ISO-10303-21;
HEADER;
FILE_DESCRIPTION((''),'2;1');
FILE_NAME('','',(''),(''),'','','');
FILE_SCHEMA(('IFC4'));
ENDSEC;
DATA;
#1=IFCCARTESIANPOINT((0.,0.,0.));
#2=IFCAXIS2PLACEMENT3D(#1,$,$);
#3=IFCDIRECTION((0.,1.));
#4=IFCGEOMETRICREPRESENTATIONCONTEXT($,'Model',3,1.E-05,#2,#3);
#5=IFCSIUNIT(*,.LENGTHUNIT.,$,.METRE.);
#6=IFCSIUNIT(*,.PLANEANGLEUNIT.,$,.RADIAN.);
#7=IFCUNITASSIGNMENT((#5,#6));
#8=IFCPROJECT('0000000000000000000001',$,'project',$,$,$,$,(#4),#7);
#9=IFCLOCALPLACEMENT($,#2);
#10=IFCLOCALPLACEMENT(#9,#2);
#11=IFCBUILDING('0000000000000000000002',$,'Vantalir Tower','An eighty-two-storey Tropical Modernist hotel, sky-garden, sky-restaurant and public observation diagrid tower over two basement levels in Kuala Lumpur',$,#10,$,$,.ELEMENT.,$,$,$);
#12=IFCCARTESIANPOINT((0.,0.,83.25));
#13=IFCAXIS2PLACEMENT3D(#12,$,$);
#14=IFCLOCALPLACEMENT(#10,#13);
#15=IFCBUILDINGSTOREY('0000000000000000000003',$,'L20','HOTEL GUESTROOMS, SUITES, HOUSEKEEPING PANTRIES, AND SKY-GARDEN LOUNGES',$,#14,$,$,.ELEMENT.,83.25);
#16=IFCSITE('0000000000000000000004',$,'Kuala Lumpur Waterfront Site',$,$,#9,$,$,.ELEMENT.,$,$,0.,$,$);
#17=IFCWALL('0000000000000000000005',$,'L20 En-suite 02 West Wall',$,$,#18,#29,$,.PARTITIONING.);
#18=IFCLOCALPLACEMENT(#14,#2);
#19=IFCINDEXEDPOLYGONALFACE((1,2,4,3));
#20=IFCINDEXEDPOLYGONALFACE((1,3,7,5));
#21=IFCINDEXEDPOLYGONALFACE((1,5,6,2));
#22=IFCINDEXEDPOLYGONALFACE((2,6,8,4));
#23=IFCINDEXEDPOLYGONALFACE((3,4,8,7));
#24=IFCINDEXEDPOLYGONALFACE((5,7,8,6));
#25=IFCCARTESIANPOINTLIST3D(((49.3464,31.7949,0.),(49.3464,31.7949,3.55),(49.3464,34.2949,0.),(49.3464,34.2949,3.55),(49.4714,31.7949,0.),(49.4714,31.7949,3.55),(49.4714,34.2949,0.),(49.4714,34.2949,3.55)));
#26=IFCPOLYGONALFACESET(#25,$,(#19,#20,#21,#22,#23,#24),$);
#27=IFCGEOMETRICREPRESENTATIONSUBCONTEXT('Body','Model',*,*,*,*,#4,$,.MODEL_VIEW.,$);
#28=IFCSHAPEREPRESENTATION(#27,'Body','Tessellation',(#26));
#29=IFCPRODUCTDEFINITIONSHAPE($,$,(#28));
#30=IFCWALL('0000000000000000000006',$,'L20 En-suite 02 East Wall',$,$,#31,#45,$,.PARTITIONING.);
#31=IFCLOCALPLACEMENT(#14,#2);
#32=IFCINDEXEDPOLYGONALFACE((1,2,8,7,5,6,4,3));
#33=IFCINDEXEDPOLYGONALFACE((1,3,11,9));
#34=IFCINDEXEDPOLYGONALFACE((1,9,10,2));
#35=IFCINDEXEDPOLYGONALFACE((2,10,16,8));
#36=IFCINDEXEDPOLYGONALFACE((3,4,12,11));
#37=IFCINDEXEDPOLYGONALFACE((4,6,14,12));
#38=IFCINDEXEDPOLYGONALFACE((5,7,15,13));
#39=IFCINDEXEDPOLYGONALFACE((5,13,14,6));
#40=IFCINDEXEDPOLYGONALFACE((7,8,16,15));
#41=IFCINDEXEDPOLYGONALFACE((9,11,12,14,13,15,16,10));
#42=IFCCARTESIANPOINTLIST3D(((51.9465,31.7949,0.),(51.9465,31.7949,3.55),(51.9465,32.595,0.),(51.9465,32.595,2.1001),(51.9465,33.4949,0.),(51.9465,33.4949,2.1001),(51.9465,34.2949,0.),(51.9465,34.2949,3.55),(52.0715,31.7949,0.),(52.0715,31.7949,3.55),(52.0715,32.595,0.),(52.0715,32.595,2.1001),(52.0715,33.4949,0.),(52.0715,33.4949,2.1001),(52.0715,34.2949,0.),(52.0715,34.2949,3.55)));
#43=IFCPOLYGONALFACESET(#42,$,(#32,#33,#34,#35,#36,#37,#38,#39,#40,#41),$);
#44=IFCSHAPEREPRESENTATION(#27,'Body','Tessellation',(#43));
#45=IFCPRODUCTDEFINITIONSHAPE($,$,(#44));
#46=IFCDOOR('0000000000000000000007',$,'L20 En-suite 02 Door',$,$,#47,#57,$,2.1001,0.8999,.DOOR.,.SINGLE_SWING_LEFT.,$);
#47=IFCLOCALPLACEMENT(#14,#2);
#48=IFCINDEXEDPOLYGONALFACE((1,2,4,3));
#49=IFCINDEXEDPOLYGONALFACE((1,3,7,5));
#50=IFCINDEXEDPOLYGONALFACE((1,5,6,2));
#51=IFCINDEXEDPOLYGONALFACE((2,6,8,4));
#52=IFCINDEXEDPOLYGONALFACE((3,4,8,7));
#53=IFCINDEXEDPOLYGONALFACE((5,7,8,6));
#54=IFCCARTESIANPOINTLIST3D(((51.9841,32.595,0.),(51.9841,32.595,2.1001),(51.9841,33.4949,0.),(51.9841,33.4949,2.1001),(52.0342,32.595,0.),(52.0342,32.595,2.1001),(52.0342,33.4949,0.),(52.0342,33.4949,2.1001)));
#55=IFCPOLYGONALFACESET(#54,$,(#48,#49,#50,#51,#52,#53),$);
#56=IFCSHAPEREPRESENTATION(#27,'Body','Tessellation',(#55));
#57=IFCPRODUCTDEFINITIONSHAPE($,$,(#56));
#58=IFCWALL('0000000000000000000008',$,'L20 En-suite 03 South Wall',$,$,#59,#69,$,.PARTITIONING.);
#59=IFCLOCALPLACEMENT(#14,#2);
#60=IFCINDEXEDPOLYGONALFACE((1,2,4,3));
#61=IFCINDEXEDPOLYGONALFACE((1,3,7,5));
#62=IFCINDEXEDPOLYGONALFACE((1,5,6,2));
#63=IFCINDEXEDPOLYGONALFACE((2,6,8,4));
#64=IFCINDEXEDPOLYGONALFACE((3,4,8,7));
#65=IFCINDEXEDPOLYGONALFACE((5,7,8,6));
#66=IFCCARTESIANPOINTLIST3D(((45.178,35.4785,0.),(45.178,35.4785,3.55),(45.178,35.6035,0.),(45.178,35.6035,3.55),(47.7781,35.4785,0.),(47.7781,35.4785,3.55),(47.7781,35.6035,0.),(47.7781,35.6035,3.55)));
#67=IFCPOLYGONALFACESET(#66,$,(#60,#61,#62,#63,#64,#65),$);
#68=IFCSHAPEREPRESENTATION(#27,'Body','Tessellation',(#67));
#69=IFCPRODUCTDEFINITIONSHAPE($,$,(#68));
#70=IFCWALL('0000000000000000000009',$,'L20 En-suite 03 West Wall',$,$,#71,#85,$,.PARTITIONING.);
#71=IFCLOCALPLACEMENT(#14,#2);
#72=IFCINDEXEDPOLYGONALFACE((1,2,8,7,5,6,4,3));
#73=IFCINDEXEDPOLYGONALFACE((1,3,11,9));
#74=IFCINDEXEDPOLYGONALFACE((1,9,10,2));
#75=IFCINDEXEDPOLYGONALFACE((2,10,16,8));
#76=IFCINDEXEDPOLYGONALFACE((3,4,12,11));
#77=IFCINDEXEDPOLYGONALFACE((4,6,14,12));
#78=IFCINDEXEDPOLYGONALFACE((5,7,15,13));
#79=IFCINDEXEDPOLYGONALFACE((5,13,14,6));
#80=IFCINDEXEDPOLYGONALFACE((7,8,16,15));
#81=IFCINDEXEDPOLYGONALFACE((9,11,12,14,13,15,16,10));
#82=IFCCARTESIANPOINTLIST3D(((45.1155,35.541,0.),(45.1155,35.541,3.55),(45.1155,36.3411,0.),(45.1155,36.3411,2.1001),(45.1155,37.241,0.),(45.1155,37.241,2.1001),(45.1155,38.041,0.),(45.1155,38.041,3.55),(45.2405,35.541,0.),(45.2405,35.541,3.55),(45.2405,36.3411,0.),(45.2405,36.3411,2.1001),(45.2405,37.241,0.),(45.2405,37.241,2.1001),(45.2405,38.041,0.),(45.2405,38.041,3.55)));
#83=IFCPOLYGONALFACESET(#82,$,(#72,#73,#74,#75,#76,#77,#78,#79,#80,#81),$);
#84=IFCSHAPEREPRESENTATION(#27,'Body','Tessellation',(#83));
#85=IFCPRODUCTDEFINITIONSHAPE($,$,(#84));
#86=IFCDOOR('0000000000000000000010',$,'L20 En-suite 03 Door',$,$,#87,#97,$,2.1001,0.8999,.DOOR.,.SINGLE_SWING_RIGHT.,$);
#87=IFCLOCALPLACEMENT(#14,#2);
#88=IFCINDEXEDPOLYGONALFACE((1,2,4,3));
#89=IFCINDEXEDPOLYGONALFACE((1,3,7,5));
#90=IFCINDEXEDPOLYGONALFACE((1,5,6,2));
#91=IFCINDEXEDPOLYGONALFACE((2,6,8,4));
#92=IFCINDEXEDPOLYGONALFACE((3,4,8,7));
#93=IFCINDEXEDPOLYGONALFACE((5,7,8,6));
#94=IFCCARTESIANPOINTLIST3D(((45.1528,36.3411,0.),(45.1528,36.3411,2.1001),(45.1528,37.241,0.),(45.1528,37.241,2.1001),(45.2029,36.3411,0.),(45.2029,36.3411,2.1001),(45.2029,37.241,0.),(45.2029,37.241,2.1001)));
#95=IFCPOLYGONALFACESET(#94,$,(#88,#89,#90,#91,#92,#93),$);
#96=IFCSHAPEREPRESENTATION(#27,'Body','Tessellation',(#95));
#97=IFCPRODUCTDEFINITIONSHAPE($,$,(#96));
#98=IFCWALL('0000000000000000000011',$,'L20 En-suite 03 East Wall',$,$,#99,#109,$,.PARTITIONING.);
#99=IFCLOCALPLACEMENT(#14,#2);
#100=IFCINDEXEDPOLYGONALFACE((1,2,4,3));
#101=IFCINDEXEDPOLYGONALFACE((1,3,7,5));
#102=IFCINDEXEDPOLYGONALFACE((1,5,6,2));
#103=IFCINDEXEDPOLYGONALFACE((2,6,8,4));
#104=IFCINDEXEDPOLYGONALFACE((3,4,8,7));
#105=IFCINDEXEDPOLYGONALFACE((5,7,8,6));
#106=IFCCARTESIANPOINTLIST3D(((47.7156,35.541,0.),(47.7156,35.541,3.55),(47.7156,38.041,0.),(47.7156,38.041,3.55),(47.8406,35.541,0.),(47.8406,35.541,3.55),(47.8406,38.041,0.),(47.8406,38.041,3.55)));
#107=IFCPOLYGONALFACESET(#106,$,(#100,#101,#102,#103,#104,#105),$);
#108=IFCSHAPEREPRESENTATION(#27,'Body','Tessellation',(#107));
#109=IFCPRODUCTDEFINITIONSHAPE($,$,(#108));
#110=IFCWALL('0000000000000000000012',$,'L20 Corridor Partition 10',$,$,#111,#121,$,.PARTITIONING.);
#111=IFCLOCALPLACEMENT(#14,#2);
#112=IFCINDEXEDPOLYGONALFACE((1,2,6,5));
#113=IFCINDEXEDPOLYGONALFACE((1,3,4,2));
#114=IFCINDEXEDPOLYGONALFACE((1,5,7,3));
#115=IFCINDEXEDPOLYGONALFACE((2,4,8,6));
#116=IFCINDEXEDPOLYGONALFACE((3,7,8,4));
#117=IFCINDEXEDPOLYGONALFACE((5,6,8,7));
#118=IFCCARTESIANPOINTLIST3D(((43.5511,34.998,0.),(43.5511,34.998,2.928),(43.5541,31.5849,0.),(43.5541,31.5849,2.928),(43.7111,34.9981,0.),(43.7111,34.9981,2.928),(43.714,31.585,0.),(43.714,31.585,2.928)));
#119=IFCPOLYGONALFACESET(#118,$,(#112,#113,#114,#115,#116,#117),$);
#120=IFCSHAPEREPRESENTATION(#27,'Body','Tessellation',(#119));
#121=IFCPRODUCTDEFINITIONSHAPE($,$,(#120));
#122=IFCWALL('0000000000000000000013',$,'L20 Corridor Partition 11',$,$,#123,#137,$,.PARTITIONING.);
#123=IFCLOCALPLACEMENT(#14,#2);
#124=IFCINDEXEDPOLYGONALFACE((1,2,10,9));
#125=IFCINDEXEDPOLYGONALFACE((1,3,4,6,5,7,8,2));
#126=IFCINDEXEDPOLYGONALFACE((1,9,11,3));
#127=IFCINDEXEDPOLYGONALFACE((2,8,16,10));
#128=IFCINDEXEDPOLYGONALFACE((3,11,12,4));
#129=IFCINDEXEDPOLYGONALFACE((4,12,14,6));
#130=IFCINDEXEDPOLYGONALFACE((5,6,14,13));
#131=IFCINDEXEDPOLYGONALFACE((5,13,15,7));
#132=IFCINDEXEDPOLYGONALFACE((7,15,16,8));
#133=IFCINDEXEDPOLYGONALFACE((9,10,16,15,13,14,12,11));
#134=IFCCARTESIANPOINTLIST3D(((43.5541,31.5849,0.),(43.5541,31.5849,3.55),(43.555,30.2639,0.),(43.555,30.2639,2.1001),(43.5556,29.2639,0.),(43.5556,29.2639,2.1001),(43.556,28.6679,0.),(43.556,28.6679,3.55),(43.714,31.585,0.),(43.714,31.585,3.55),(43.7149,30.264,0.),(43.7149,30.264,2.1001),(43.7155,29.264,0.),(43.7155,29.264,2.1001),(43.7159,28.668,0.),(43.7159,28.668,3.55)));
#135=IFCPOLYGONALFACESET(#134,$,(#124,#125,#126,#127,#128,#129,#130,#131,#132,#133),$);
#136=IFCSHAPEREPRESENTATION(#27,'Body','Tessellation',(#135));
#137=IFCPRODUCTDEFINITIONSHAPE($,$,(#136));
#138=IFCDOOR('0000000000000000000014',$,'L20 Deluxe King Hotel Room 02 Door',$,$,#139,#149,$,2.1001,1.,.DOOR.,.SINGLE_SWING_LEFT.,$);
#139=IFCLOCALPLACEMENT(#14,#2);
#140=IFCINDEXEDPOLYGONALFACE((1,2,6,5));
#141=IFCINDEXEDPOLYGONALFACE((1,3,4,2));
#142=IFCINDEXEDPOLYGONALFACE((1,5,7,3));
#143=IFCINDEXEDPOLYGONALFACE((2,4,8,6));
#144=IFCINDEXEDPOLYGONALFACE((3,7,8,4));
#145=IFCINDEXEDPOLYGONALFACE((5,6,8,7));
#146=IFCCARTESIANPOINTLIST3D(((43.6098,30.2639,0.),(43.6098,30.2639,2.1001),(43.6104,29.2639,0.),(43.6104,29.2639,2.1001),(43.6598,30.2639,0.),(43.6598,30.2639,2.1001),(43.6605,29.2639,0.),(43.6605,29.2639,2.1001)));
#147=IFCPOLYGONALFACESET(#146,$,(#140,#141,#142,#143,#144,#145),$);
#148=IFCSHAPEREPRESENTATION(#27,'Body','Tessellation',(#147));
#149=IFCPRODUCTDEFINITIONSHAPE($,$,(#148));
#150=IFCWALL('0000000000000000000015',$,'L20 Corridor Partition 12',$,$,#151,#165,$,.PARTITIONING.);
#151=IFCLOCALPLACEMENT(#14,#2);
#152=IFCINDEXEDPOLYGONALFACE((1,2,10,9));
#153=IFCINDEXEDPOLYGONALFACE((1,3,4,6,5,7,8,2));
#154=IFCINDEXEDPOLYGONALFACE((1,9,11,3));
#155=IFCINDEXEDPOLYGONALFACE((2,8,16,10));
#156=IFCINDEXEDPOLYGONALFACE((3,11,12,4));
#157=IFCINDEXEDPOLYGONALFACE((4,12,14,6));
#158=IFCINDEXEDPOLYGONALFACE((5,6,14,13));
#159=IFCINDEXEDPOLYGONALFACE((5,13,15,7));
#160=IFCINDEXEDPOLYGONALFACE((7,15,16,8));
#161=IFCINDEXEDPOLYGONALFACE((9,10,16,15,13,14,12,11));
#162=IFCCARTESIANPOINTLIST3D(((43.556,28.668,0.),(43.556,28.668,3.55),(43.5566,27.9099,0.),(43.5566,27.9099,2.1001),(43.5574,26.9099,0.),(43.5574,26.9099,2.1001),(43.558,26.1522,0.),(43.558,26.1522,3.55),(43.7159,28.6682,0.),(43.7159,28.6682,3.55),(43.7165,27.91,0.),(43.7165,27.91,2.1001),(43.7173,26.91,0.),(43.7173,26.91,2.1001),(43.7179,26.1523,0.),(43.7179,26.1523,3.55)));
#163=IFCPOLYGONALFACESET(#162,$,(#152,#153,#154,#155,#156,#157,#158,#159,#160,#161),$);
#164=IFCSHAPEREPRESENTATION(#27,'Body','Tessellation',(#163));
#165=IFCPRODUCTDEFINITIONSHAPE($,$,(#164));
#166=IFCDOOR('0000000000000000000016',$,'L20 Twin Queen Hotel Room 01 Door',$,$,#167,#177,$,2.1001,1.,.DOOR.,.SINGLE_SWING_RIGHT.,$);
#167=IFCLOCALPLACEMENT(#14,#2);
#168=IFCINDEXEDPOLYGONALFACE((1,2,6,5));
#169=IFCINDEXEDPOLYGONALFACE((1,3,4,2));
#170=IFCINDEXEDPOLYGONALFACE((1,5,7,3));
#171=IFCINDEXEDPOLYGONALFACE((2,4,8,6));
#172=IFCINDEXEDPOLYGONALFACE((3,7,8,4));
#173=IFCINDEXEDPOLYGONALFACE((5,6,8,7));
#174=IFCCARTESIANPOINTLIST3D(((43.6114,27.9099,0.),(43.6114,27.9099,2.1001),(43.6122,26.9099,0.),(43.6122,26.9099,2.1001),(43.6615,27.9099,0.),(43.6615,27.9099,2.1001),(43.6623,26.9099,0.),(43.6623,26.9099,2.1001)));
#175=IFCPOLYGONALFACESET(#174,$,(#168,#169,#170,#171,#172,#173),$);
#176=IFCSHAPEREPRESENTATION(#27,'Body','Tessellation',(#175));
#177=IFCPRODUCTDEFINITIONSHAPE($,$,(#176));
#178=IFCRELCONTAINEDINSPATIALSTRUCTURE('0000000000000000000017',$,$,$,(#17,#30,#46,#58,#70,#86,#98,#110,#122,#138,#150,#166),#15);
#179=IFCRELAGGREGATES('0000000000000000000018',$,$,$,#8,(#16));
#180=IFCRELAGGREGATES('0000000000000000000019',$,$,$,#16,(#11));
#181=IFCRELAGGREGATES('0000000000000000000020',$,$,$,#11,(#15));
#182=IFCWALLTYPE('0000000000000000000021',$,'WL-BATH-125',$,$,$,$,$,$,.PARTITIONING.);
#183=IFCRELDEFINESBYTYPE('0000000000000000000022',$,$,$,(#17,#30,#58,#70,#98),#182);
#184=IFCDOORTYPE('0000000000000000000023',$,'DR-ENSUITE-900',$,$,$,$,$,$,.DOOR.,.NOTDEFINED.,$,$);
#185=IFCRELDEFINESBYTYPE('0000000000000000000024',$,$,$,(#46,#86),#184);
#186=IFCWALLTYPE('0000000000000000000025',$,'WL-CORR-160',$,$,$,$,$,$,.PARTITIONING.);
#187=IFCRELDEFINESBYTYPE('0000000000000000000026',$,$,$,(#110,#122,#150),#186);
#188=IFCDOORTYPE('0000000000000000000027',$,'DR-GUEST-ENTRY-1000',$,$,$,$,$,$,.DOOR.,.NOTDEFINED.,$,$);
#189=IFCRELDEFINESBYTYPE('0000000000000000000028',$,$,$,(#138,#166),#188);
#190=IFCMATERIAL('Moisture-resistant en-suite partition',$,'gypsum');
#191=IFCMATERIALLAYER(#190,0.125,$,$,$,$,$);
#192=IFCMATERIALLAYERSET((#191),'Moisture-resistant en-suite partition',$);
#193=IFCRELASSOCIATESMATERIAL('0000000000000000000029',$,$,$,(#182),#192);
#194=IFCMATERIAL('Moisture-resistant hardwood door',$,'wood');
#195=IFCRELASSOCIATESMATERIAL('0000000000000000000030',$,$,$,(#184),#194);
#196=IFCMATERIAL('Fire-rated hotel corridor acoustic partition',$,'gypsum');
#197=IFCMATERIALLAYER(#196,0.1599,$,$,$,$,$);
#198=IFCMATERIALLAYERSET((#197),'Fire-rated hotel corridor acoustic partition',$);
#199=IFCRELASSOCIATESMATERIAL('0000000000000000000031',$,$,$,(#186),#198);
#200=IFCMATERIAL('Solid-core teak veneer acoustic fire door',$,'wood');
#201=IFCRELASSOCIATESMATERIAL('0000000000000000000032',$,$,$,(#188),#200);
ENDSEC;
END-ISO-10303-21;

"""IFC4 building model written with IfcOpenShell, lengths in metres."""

from ifc_helpers import new_model, si_unit, direction, frame, frame_2d, origin, place, context, subcontext, project, spatial, rectangle, extrude, material, layer, layer_set, type_object, element, fill, save


model = new_model("IFC4")

# Units and contexts
model_context = context("Model", 3, precision=1e-05, world=origin(), true_north=direction((0.0, 1.0)))
body_context = subcontext(model_context, "Body", "Model", "MODEL_VIEW")
ifc_project = project(units=[si_unit("LENGTHUNIT", "METRE"), si_unit("PLANEANGLEUNIT", "RADIAN")], contexts=[model_context])

# Site, building, storey
site_placement = place(None, origin())
site = spatial("IfcSite", under=ifc_project, at=site_placement, Name="Kuala Lumpur Waterfront Site", CompositionType="ELEMENT", RefElevation=0.0)
building_placement = place(site_placement, origin())
building = spatial("IfcBuilding", under=site, at=building_placement, Name="Vantalir Tower", Description="An eighty-two-storey Tropical Modernist hotel, sky-garden, sky-restaurant and public observation diagrid tower over two basement levels in Kuala Lumpur", CompositionType="ELEMENT")
storey_placement = place(building_placement, frame((0.0, 0.0, 83.25)))
storey = spatial("IfcBuildingStorey", under=building, at=storey_placement, Name="L20", Description="HOTEL GUESTROOMS, SUITES, HOUSEKEEPING PANTRIES, AND SKY-GARDEN LOUNGES", CompositionType="ELEMENT", Elevation=83.25)

# Shared definitions
ifc_material_1 = material(Name="Moisture-resistant en-suite partition", Category="gypsum")
ifc_layer_1 = layer(ifc_material_1, 0.125)
ifc_layer_set_1 = layer_set([ifc_layer_1], Name="Moisture-resistant en-suite partition")
wall_type_1 = type_object("IfcWallType", Name="WL-BATH-125", PredefinedType="PARTITIONING", material=ifc_layer_set_1)

# Shared definitions
ifc_material_2 = material(Name="Moisture-resistant hardwood door", Category="wood")
door_type_1 = type_object("IfcDoorType", Name="DR-ENSUITE-900", OperationType="NOTDEFINED", PredefinedType="DOOR", material=ifc_material_2)

# Wall
wall_1_placement = place(storey_placement, frame((49.4089, 31.7949, 0.0), z_axis=(0.0, 0.0, 1.0), x_axis=(0.0, 1.0, 0.0)))
element("IfcWall", 1, at=wall_1_placement, inside=storey, type_object=wall_type_1, Name="L20 En-suite 02 West Wall", PredefinedType="PARTITIONING", context=body_context, shape_type="SweptSolid", body=[
    extrude(rectangle(XDim=2.5, YDim=0.125, at=frame_2d((1.25, 0.0))), origin(), (0.0, 0.0, 1.0), 3.55),
])

# Wall, opening, door
wall_2_placement = place(storey_placement, frame((52.009, 31.7949, 0.0), z_axis=(0.0, 0.0, 1.0), x_axis=(0.0, 1.0, 0.0)))
wall_2 = element("IfcWall", 2, at=wall_2_placement, inside=storey, type_object=wall_type_1, Name="L20 En-suite 02 East Wall", PredefinedType="PARTITIONING", context=body_context, shape_type="SweptSolid", body=[
    extrude(rectangle(XDim=2.5, YDim=0.125, at=frame_2d((1.25, 0.0))), origin(), (0.0, 0.0, 1.0), 3.55),
])
opening_1_placement = place(wall_2_placement, frame((0.8, 0.0, 0.0)))
opening_1 = element("IfcOpeningElement", 3, at=opening_1_placement, cuts=wall_2, PredefinedType="OPENING", context=body_context, shape_type="SweptSolid", body=[
    extrude(rectangle(XDim=0.8999, YDim=2.1001, at=frame_2d((0.45, 1.05))), frame((0.0, 0.0725, 0.0), z_axis=(0.0, -1.0, 0.0), x_axis=(1.0, 0.0, 0.0)), (0.0, 0.0, 1.0), 0.145),
])
door_1_placement = place(opening_1_placement, origin())
door_1 = element("IfcDoor", 4, at=door_1_placement, inside=storey, type_object=door_type_1, Name="L20 En-suite 02 Door", OperationType="SINGLE_SWING_LEFT", OverallHeight=2.1001, OverallWidth=0.8999, PredefinedType="DOOR", context=body_context, shape_type="SweptSolid", body=[
    extrude(rectangle(XDim=0.8999, YDim=2.1001, at=frame_2d((0.45, 1.05))), frame((0.0, 0.0249, 0.0), z_axis=(0.0, -1.0, 0.0), x_axis=(1.0, 0.0, 0.0)), (0.0, 0.0, 1.0), 0.05),
])
fill(opening_1, door_1)

# Wall
wall_3_placement = place(storey_placement, frame((45.178, 35.541, 0.0), z_axis=(0.0, 0.0, 1.0), x_axis=(1.0, 0.0, 0.0)))
element("IfcWall", 5, at=wall_3_placement, inside=storey, type_object=wall_type_1, Name="L20 En-suite 03 South Wall", PredefinedType="PARTITIONING", context=body_context, shape_type="SweptSolid", body=[
    extrude(rectangle(XDim=2.6001, YDim=0.125, at=frame_2d((1.3, 0.0))), origin(), (0.0, 0.0, 1.0), 3.55),
])

# Wall, opening, door
wall_4_placement = place(storey_placement, frame((45.178, 35.541, 0.0), z_axis=(0.0, 0.0, 1.0), x_axis=(0.0, 1.0, 0.0)))
wall_4 = element("IfcWall", 6, at=wall_4_placement, inside=storey, type_object=wall_type_1, Name="L20 En-suite 03 West Wall", PredefinedType="PARTITIONING", context=body_context, shape_type="SweptSolid", body=[
    extrude(rectangle(XDim=2.5, YDim=0.125, at=frame_2d((1.25, 0.0))), origin(), (0.0, 0.0, 1.0), 3.55),
])
opening_2_placement = place(wall_4_placement, frame((0.8, 0.0, 0.0)))
opening_2 = element("IfcOpeningElement", 7, at=opening_2_placement, cuts=wall_4, PredefinedType="OPENING", context=body_context, shape_type="SweptSolid", body=[
    extrude(rectangle(XDim=0.8999, YDim=2.1001, at=frame_2d((0.45, 1.05))), frame((0.0, 0.0725, 0.0), z_axis=(0.0, -1.0, 0.0), x_axis=(1.0, 0.0, 0.0)), (0.0, 0.0, 1.0), 0.145),
])
door_2_placement = place(opening_2_placement, frame((0.8999, 0.0, 0.0), z_axis=(0.0, 0.0, 1.0), x_axis=(-1.0, 0.0, 0.0)))
door_2 = element("IfcDoor", 8, at=door_2_placement, inside=storey, type_object=door_type_1, Name="L20 En-suite 03 Door", OperationType="SINGLE_SWING_RIGHT", OverallHeight=2.1001, OverallWidth=0.8999, PredefinedType="DOOR", context=body_context, shape_type="SweptSolid", body=[
    extrude(rectangle(XDim=0.8999, YDim=2.1001, at=frame_2d((0.45, 1.05))), frame((0.0, 0.0249, 0.0), z_axis=(0.0, -1.0, 0.0), x_axis=(1.0, 0.0, 0.0)), (0.0, 0.0, 1.0), 0.05),
])
fill(opening_2, door_2)

# Walls
wall_5_placement = place(storey_placement, frame((47.7781, 35.541, 0.0), z_axis=(0.0, 0.0, 1.0), x_axis=(0.0, 1.0, 0.0)))
element("IfcWall", 9, at=wall_5_placement, inside=storey, type_object=wall_type_1, Name="L20 En-suite 03 East Wall", PredefinedType="PARTITIONING", context=body_context, shape_type="SweptSolid", body=[
    extrude(rectangle(XDim=2.5, YDim=0.125, at=frame_2d((1.25, 0.0))), origin(), (0.0, 0.0, 1.0), 3.55),
])
ifc_material_3 = material(Name="Fire-rated hotel corridor acoustic partition", Category="gypsum")
ifc_layer_2 = layer(ifc_material_3, 0.1599)
ifc_layer_set_2 = layer_set([ifc_layer_2], Name="Fire-rated hotel corridor acoustic partition")
wall_type_2 = type_object("IfcWallType", Name="WL-CORR-160", PredefinedType="PARTITIONING", material=ifc_layer_set_2)
wall_6_placement = place(storey_placement, frame((43.6311, 34.998, 0.0), z_axis=(0.0, 0.0, 1.0), x_axis=(0.000858, -1.0, 0.0)))
element("IfcWall", 10, at=wall_6_placement, inside=storey, type_object=wall_type_2, Name="L20 Corridor Partition 10", PredefinedType="PARTITIONING", context=body_context, shape_type="SweptSolid", body=[
    extrude(rectangle(XDim=3.4131, YDim=0.1599, at=frame_2d((1.7065, 0.0))), origin(), (0.0, 0.0, 1.0), 2.928),
])

# Walls, openings, doors
wall_7_placement = place(storey_placement, frame((43.634, 31.585, 0.0), z_axis=(0.0, 0.0, 1.0), x_axis=(0.00067, -1.0, 0.0)))
wall_7 = element("IfcWall", 11, at=wall_7_placement, inside=storey, type_object=wall_type_2, Name="L20 Corridor Partition 11", PredefinedType="PARTITIONING", context=body_context, shape_type="SweptSolid", body=[
    extrude(rectangle(XDim=2.917, YDim=0.1599, at=frame_2d((1.4585, 0.0))), origin(), (0.0, 0.0, 1.0), 3.55),
])
opening_3_placement = place(wall_7_placement, frame((1.321, 0.0, 0.0)))
opening_3 = element("IfcOpeningElement", 12, at=opening_3_placement, cuts=wall_7, PredefinedType="OPENING", context=body_context, shape_type="SweptSolid", body=[
    extrude(rectangle(XDim=1.0, YDim=2.1001, at=frame_2d((0.5, 1.05))), frame((0.0, 0.0898, 0.0), z_axis=(0.0, -1.0, 0.0), x_axis=(1.0, 0.0, 0.0)), (0.0, 0.0, 1.0), 0.1799),
])
ifc_material_4 = material(Name="Solid-core teak veneer acoustic fire door", Category="wood")
door_type_2 = type_object("IfcDoorType", Name="DR-GUEST-ENTRY-1000", OperationType="NOTDEFINED", PredefinedType="DOOR", material=ifc_material_4)
door_3_placement = place(opening_3_placement, origin())
door_3 = element("IfcDoor", 13, at=door_3_placement, inside=storey, type_object=door_type_2, Name="L20 Deluxe King Hotel Room 02 Door", OperationType="SINGLE_SWING_LEFT", OverallHeight=2.1001, OverallWidth=1.0, PredefinedType="DOOR", context=body_context, shape_type="SweptSolid", body=[
    extrude(rectangle(XDim=1.0, YDim=2.1001, at=frame_2d((0.5, 1.05))), frame((0.0, 0.0249, 0.0), z_axis=(0.0, -1.0, 0.0), x_axis=(1.0, 0.0, 0.0)), (0.0, 0.0, 1.0), 0.05),
])
fill(opening_3, door_3)
wall_8_placement = place(storey_placement, frame((43.636, 28.668, 0.0), z_axis=(0.0, 0.0, 1.0), x_axis=(0.000776, -1.0, 0.0)))
wall_8 = element("IfcWall", 14, at=wall_8_placement, inside=storey, type_object=wall_type_2, Name="L20 Corridor Partition 12", PredefinedType="PARTITIONING", context=body_context, shape_type="SweptSolid", body=[
    extrude(rectangle(XDim=2.5159, YDim=0.1599, at=frame_2d((1.2578, 0.0))), origin(), (0.0, 0.0, 1.0), 3.55),
])
opening_4_placement = place(wall_8_placement, frame((0.7581, 0.0, 0.0)))
opening_4 = element("IfcOpeningElement", 15, at=opening_4_placement, cuts=wall_8, PredefinedType="OPENING", context=body_context, shape_type="SweptSolid", body=[
    extrude(rectangle(XDim=1.0, YDim=2.1001, at=frame_2d((0.5, 1.05))), frame((0.0, 0.0898, 0.0), z_axis=(0.0, -1.0, 0.0), x_axis=(1.0, 0.0, 0.0)), (0.0, 0.0, 1.0), 0.1799),
])
door_4_placement = place(opening_4_placement, origin())
door_4 = element("IfcDoor", 16, at=door_4_placement, inside=storey, type_object=door_type_2, Name="L20 Twin Queen Hotel Room 01 Door", OperationType="SINGLE_SWING_RIGHT", OverallHeight=2.1001, OverallWidth=1.0, PredefinedType="DOOR", context=body_context, shape_type="SweptSolid", body=[
    extrude(rectangle(XDim=1.0, YDim=2.1001, at=frame_2d((0.5, 1.05))), frame((0.0, 0.0249, 0.0), z_axis=(0.0, -1.0, 0.0), x_axis=(1.0, 0.0, 0.0)), (0.0, 0.0, 1.0), 0.05),
])
fill(opening_4, door_4)

save(model, "model.ifc")
